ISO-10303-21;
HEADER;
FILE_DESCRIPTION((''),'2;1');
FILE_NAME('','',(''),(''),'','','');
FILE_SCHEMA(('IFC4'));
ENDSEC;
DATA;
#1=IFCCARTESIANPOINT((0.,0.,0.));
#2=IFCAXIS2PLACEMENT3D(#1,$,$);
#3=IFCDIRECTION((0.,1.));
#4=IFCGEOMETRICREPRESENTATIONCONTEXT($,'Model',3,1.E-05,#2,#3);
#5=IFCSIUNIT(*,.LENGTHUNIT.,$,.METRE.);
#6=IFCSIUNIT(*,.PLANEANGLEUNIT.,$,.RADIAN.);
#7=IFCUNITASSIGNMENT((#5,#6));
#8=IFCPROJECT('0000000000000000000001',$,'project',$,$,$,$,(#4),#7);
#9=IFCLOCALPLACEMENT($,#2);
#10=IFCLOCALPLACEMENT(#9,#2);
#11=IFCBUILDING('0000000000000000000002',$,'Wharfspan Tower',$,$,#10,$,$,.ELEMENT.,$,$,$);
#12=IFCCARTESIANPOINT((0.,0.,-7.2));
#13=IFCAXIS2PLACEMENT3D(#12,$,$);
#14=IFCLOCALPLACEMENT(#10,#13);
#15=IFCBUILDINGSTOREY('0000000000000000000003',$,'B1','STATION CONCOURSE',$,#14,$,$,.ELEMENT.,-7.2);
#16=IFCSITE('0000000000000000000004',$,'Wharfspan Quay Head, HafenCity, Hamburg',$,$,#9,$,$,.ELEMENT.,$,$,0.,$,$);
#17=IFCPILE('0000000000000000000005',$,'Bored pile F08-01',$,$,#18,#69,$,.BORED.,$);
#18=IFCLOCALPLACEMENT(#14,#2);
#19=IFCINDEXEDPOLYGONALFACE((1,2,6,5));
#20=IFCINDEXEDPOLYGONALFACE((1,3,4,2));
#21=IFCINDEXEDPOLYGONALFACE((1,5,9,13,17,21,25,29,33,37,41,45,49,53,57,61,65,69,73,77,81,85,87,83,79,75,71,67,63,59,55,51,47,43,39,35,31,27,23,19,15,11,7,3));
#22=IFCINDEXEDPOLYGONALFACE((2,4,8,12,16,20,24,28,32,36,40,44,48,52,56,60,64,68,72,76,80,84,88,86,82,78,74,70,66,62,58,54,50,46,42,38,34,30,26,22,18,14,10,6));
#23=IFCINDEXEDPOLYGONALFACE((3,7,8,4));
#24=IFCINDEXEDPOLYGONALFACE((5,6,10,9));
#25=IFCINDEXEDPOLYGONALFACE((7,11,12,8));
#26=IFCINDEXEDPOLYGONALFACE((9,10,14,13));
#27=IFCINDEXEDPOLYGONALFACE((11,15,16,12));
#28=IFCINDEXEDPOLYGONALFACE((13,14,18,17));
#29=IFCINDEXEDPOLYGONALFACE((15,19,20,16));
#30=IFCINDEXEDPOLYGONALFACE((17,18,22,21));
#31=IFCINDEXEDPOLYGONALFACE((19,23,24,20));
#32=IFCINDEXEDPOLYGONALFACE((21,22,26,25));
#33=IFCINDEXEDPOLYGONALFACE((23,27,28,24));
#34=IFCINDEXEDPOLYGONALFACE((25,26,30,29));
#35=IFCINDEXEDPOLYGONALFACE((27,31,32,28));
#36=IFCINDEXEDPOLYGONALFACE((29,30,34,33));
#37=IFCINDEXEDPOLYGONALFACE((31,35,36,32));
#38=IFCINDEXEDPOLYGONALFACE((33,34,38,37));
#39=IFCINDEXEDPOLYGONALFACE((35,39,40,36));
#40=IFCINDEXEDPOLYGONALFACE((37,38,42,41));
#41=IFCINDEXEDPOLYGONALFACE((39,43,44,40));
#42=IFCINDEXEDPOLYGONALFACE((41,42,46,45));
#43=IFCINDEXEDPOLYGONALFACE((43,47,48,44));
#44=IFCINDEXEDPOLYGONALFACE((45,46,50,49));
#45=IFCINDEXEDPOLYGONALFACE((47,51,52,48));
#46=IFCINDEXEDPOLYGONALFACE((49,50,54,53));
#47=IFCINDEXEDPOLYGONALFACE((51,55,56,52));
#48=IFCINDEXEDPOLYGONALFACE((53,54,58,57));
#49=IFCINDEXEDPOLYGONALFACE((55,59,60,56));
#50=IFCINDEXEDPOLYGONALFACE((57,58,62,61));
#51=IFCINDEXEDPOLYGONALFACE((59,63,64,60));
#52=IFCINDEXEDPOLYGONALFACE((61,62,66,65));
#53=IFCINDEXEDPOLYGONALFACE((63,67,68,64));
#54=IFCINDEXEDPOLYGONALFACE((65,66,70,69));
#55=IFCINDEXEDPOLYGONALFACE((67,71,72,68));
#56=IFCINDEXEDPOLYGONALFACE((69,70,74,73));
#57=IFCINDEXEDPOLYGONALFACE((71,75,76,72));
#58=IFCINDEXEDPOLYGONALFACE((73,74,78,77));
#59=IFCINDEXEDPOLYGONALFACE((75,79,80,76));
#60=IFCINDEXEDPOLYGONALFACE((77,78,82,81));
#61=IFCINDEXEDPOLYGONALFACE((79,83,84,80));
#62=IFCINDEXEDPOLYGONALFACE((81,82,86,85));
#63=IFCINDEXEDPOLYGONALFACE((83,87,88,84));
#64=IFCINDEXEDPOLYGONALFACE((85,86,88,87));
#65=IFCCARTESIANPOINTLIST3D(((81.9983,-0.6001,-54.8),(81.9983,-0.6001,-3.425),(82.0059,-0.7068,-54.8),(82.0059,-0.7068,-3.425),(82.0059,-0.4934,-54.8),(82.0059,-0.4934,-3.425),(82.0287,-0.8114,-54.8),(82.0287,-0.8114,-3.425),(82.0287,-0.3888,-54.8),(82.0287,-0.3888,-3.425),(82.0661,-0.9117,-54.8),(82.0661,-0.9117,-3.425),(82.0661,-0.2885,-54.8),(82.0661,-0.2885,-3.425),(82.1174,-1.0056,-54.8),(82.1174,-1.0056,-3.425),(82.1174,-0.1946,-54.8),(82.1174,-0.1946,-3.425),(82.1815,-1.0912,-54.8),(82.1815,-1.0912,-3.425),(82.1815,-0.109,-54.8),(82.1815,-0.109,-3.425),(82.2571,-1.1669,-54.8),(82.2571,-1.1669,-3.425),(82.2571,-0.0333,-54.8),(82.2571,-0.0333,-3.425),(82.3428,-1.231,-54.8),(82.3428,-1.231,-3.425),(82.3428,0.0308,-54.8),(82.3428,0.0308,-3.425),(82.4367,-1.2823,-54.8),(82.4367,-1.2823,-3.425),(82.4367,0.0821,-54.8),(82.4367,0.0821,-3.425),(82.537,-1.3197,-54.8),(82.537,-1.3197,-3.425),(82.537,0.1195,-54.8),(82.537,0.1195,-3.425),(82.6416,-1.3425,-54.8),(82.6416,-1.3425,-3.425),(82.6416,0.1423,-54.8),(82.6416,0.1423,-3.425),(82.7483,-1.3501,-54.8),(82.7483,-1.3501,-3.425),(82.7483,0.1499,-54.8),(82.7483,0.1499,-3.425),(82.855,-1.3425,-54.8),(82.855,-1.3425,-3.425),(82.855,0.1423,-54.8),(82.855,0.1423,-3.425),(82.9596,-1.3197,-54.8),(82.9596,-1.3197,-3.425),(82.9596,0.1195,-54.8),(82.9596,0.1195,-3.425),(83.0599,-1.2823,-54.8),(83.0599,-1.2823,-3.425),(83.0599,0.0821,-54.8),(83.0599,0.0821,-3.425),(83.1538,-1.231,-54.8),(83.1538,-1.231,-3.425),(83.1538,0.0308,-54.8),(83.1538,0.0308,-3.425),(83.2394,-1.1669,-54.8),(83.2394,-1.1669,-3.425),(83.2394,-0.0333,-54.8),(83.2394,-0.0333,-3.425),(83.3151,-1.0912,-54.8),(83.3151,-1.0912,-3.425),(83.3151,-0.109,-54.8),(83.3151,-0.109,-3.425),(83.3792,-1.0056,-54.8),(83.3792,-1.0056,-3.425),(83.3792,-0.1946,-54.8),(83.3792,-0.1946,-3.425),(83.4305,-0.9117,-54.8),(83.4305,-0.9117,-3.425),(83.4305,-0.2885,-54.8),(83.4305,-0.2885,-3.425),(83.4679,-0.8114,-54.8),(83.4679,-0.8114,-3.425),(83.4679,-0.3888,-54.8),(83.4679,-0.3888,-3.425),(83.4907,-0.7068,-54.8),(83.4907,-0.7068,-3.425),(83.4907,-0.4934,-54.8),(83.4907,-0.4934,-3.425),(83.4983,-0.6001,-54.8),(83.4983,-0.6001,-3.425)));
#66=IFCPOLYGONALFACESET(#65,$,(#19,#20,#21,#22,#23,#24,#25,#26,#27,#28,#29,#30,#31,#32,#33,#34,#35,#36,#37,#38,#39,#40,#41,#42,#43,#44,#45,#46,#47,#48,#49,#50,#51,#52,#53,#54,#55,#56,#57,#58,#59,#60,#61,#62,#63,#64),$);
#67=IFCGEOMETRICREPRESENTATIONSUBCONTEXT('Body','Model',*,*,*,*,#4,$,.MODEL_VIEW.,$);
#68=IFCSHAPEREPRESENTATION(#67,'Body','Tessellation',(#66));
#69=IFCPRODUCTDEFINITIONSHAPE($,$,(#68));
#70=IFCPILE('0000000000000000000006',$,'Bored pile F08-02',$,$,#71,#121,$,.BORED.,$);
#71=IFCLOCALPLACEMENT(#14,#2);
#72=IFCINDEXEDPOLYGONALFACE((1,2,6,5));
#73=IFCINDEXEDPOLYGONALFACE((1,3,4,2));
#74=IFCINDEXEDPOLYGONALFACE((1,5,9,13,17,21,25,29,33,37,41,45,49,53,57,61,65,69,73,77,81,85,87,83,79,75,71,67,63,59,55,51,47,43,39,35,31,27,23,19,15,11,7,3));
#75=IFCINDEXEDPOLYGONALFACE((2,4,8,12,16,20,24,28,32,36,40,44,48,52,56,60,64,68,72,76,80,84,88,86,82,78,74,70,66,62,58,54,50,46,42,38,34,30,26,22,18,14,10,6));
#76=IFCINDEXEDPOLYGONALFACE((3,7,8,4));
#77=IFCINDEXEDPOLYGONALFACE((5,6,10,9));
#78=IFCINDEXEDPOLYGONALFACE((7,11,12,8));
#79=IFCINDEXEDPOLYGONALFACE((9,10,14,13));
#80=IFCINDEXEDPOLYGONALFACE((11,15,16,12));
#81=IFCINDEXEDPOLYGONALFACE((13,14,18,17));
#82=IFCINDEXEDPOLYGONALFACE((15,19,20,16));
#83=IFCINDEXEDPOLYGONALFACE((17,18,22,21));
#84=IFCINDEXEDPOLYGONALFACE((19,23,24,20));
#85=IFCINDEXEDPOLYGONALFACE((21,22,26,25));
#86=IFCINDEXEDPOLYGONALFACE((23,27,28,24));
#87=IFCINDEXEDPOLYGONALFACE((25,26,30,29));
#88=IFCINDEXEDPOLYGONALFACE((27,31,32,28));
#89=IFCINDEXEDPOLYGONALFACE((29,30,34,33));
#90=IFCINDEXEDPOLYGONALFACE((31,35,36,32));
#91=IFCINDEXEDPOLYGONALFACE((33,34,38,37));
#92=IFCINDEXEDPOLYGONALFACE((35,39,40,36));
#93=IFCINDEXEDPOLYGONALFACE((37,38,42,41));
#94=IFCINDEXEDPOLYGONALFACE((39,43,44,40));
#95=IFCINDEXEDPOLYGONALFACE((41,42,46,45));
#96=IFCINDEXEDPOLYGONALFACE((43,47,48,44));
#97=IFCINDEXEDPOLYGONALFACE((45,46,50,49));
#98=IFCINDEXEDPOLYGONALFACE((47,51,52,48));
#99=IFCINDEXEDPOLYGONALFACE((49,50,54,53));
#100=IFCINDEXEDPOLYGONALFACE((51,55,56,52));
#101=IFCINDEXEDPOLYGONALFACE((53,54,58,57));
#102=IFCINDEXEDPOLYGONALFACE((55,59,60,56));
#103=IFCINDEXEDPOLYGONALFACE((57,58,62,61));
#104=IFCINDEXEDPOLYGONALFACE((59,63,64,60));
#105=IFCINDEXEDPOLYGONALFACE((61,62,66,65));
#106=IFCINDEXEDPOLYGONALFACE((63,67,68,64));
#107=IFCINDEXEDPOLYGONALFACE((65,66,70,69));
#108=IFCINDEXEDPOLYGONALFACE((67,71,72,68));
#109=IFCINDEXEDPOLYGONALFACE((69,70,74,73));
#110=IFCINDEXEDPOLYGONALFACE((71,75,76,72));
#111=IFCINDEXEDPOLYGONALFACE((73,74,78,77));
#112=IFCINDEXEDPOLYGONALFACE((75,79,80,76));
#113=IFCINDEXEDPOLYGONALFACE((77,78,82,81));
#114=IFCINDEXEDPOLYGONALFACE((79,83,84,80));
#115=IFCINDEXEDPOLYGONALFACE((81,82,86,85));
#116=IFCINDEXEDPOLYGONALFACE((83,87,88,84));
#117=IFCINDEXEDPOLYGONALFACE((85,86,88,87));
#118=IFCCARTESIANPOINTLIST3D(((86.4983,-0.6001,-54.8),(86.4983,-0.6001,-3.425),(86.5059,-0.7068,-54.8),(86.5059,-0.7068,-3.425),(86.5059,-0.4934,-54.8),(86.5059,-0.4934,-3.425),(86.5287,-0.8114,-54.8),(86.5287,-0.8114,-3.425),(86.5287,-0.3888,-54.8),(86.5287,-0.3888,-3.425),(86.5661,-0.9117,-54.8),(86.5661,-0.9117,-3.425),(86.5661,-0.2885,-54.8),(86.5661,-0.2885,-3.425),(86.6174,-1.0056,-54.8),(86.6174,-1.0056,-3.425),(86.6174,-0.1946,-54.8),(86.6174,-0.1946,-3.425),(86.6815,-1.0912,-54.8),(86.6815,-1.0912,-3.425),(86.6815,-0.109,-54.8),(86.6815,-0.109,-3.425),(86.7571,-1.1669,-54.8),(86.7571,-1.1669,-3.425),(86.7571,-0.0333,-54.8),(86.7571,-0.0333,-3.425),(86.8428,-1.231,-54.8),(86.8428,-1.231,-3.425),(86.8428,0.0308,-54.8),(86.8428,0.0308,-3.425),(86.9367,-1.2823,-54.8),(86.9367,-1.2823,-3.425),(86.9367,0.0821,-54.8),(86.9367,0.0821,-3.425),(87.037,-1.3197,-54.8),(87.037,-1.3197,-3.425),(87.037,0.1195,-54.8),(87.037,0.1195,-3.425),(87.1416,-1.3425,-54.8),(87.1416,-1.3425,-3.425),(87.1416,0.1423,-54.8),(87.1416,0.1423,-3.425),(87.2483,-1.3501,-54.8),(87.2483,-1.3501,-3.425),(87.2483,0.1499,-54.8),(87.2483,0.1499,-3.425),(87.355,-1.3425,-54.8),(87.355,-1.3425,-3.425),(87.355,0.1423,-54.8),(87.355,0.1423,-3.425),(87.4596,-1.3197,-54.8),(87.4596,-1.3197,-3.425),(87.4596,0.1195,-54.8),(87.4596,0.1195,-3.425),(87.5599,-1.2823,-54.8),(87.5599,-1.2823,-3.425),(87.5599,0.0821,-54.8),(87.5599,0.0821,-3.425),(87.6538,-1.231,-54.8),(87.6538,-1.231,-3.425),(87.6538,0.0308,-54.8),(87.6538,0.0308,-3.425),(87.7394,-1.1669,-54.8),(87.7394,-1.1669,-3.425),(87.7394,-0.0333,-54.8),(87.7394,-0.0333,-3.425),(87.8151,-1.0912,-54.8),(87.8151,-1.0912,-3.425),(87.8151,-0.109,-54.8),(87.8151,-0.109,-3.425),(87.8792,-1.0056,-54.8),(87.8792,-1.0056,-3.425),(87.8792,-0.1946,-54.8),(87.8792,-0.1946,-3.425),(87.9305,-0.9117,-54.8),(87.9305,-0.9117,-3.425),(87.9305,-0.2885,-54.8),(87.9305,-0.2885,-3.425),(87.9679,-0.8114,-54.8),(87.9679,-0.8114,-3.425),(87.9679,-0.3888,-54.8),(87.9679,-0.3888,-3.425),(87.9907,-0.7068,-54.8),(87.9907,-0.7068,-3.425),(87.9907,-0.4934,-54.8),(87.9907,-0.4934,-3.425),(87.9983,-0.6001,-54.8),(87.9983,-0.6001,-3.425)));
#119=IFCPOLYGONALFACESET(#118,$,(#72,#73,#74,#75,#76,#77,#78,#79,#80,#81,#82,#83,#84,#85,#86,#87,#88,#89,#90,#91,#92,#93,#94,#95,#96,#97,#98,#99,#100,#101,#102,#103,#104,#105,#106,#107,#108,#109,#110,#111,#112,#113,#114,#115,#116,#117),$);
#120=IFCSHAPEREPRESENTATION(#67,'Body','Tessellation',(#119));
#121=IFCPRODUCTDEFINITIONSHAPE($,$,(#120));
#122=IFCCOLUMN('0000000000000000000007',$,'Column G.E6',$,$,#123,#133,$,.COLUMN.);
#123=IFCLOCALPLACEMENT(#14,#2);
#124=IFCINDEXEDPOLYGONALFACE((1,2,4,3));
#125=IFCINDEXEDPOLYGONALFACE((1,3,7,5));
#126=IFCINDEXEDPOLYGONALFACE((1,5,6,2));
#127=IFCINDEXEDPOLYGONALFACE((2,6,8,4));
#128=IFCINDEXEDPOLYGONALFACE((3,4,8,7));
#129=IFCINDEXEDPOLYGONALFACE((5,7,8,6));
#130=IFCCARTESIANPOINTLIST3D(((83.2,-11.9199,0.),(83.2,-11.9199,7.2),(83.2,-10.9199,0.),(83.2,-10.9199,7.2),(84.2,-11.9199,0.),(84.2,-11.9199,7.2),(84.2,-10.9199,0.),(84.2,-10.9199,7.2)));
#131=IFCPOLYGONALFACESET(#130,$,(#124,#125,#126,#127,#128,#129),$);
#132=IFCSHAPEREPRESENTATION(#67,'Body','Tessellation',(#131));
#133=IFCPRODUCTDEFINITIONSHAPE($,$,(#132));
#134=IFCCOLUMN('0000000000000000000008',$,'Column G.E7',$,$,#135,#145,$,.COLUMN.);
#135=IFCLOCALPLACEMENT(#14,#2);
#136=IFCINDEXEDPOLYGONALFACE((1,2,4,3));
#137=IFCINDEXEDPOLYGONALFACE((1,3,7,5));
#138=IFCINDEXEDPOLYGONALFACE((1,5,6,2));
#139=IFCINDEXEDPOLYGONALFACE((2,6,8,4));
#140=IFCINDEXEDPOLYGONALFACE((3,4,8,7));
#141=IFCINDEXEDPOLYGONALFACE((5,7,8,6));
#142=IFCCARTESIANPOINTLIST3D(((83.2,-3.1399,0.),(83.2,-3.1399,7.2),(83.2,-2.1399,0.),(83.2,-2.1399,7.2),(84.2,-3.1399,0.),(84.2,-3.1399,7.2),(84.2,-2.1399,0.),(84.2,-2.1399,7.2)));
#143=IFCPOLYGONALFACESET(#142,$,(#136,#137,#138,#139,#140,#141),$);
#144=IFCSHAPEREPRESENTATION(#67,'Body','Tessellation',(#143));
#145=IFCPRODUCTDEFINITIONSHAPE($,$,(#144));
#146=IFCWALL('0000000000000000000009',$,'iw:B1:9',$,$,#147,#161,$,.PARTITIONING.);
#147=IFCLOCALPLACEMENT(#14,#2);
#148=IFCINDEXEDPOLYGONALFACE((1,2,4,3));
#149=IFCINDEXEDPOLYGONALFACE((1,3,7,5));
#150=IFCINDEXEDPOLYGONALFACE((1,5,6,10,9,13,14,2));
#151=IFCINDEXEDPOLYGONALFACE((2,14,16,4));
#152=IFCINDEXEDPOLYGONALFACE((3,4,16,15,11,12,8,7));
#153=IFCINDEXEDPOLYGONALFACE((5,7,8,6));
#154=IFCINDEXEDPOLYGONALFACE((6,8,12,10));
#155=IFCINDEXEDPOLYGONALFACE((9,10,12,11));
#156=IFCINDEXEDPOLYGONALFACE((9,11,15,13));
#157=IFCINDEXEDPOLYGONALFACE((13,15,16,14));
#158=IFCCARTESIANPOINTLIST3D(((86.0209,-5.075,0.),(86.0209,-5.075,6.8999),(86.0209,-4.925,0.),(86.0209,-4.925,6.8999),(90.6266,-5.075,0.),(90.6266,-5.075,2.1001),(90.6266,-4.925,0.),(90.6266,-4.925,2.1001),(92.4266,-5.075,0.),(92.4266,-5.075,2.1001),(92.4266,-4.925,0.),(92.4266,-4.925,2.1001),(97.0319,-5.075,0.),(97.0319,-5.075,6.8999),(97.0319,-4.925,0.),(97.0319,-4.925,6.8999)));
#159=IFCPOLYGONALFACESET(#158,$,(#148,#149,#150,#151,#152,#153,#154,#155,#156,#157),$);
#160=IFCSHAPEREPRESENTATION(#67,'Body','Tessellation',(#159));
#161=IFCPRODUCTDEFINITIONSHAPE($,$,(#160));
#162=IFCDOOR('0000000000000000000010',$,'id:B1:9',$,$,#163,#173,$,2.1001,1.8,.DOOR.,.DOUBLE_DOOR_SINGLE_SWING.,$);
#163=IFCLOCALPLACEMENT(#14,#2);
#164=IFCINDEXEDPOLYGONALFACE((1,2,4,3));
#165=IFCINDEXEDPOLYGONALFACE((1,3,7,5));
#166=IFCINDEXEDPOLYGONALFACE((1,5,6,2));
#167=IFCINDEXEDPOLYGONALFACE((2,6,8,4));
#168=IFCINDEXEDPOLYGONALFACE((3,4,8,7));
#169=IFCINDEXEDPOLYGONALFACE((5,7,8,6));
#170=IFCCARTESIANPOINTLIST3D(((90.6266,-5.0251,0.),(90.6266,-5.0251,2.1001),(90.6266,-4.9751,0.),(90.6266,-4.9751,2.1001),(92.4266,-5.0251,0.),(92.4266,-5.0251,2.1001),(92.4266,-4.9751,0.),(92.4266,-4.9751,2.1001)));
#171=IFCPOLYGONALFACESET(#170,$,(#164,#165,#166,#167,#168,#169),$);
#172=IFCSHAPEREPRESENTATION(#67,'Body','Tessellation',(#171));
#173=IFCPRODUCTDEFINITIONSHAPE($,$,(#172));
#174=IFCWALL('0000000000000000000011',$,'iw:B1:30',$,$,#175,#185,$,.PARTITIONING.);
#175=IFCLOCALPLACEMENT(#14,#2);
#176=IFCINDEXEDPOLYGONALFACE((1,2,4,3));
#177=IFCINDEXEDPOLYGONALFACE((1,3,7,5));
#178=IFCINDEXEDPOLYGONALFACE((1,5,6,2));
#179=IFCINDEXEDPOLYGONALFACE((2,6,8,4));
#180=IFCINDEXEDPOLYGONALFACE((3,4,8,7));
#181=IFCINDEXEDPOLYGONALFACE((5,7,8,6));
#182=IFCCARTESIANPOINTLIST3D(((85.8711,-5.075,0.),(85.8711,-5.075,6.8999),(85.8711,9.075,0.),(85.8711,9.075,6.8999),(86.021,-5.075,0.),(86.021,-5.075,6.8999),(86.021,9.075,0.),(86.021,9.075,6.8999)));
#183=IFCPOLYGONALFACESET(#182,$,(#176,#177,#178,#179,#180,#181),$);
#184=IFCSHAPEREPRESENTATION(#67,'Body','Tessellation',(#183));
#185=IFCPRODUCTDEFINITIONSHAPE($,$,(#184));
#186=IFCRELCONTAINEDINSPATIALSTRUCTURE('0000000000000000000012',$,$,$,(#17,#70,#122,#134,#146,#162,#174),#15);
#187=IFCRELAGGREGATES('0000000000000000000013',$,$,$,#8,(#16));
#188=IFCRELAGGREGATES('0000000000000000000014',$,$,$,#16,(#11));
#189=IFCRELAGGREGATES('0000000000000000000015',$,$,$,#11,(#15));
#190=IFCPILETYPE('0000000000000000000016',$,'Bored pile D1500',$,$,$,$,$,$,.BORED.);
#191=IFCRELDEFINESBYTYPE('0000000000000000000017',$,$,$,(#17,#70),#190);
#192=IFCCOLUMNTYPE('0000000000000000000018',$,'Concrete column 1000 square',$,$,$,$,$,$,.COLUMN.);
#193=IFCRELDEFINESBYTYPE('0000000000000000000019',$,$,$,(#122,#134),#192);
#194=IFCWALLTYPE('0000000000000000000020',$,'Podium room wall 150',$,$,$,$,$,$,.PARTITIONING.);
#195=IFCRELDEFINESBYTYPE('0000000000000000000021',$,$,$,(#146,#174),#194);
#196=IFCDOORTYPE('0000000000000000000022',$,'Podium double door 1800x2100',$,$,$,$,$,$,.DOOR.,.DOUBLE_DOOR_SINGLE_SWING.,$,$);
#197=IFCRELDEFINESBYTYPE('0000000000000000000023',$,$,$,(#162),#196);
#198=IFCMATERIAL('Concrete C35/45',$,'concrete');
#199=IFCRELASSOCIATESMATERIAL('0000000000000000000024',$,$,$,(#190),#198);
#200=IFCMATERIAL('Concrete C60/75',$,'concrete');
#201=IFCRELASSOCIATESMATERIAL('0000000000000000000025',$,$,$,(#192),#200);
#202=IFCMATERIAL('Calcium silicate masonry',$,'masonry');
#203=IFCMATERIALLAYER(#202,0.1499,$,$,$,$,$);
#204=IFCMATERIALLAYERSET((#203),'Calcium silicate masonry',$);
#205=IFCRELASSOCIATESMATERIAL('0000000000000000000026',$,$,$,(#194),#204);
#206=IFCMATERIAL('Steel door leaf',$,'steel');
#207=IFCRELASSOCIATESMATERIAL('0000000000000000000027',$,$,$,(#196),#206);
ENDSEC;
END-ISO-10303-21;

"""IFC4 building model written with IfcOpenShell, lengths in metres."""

from ifc_helpers import new_model, si_unit, direction, frame, frame_2d, origin, origin_2d, place, context, subcontext, project, spatial, rectangle, circle, extrude, material, layer, layer_set, material_profile, profile_set, type_object, element, fill, save


model = new_model("IFC4")

# Units and contexts
model_context = context("Model", 3, precision=1e-05, world=origin(), true_north=direction((0.0, 1.0)))
body_context = subcontext(model_context, "Body", "Model", "MODEL_VIEW")
ifc_project = project(units=[si_unit("LENGTHUNIT", "METRE"), si_unit("PLANEANGLEUNIT", "RADIAN")], contexts=[model_context])

# Site, building, storey
site_placement = place(None, origin())
site = spatial("IfcSite", under=ifc_project, at=site_placement, Name="Wharfspan Quay Head, HafenCity, Hamburg", CompositionType="ELEMENT", RefElevation=0.0)
building_placement = place(site_placement, origin())
building = spatial("IfcBuilding", under=site, at=building_placement, Name="Wharfspan Tower", CompositionType="ELEMENT")
storey_placement = place(building_placement, frame((0.0, 0.0, -7.2)))
storey = spatial("IfcBuildingStorey", under=building, at=storey_placement, Name="B1", Description="STATION CONCOURSE", CompositionType="ELEMENT", Elevation=-7.2)

# Piles
ifc_material_1 = material(Name="Concrete C35/45", Category="concrete")
ifc_material_profile_1 = material_profile(ifc_material_1, circle(Radius=0.75, at=origin_2d()))
ifc_profile_set_1 = profile_set([ifc_material_profile_1], Name="Concrete C35/45")
pile_type = type_object("IfcPileType", Name="Bored pile D1500", PredefinedType="BORED", material=ifc_profile_set_1)
for number, where, z_axis, x_axis, name in (
    (1, (82.7483, -0.6001, -3.425), (0.0, 0.0, -1.0), (1.0, 0.0, 0.0), "Bored pile F08-01"),
    (2, (87.2483, -0.6001, -3.425), (0.0, 0.0, -1.0), (1.0, 0.0, 0.0), "Bored pile F08-02"),
):
    element("IfcPile", number, at=place(storey_placement, frame(where, z_axis=z_axis, x_axis=x_axis)), inside=storey, type_object=pile_type, Name=name, PredefinedType="BORED", context=body_context, shape_type="SweptSolid", body=[
        extrude(circle(Radius=0.75, at=origin_2d()), origin(), (0.0, 0.0, 1.0), 51.375),
    ])

# Columns
ifc_material_2 = material(Name="Concrete C60/75", Category="concrete")
ifc_material_profile_2 = material_profile(ifc_material_2, rectangle(XDim=1.0, YDim=1.0, at=origin_2d()))
ifc_profile_set_2 = profile_set([ifc_material_profile_2], Name="Concrete C60/75")
column_type = type_object("IfcColumnType", Name="Concrete column 1000 square", PredefinedType="COLUMN", material=ifc_profile_set_2)
for number, where, z_axis, x_axis, name in (
    (3, (83.7, -11.4199, 0.0), (0.0, 0.0, 1.0), (1.0, 0.0, 0.0), "Column G.E6"),
    (4, (83.7, -2.6399, 0.0), (0.0, 0.0, 1.0), (1.0, 0.0, 0.0), "Column G.E7"),
):
    element("IfcColumn", number, at=place(storey_placement, frame(where, z_axis=z_axis, x_axis=x_axis)), inside=storey, type_object=column_type, Name=name, PredefinedType="COLUMN", context=body_context, shape_type="SweptSolid", body=[
        extrude(rectangle(XDim=1.0, YDim=1.0, at=origin_2d()), origin(), (0.0, 0.0, 1.0), 7.2),
    ])

# Wall, opening, door
ifc_material_3 = material(Name="Calcium silicate masonry", Category="masonry")
ifc_layer_1 = layer(ifc_material_3, 0.1499)
ifc_layer_set_1 = layer_set([ifc_layer_1], Name="Calcium silicate masonry")
wall_type_1 = type_object("IfcWallType", Name="Podium room wall 150", PredefinedType="PARTITIONING", material=ifc_layer_set_1)
wall_1_placement = place(storey_placement, frame((86.021, -5.0, 0.0), z_axis=(0.0, 0.0, 1.0), x_axis=(1.0, 0.0, 0.0)))
wall_1 = element("IfcWall", 5, at=wall_1_placement, inside=storey, type_object=wall_type_1, Name="iw:B1:9", PredefinedType="PARTITIONING", context=body_context, shape_type="SweptSolid", body=[
    extrude(rectangle(XDim=11.011, YDim=0.1499, at=frame_2d((5.5054, 0.0))), origin(), (0.0, 0.0, 1.0), 6.8999),
])
opening_placement = place(wall_1_placement, frame((4.6057, 0.0, 0.0)))
opening = element("IfcOpeningElement", 6, at=opening_placement, cuts=wall_1, PredefinedType="OPENING", context=body_context, shape_type="SweptSolid", body=[
    extrude(rectangle(XDim=1.8, YDim=2.1001, at=frame_2d((0.8999, 1.05))), frame((0.0, 0.085, 0.0), z_axis=(0.0, -1.0, 0.0), x_axis=(1.0, 0.0, 0.0)), (0.0, 0.0, 1.0), 0.1699),
])
ifc_material_4 = material(Name="Steel door leaf", Category="steel")
door_type = type_object("IfcDoorType", Name="Podium double door 1800x2100", OperationType="DOUBLE_DOOR_SINGLE_SWING", PredefinedType="DOOR", material=ifc_material_4)
door_placement = place(opening_placement, origin())
door = element("IfcDoor", 7, at=door_placement, inside=storey, type_object=door_type, Name="id:B1:9", OperationType="DOUBLE_DOOR_SINGLE_SWING", OverallHeight=2.1001, OverallWidth=1.8, PredefinedType="DOOR", context=body_context, shape_type="SweptSolid", body=[
    extrude(rectangle(XDim=1.8, YDim=2.1001, at=frame_2d((0.8999, 1.05))), frame((0.0, 0.0249, 0.0), z_axis=(0.0, -1.0, 0.0), x_axis=(1.0, 0.0, 0.0)), (0.0, 0.0, 1.0), 0.05),
])
fill(opening, door)

# Wall
wall_2_placement = place(storey_placement, frame((85.946, -5.075, 0.0), z_axis=(0.0, 0.0, 1.0), x_axis=(0.0, 1.0, 0.0)))
element("IfcWall", 8, at=wall_2_placement, inside=storey, type_object=wall_type_1, Name="iw:B1:30", PredefinedType="PARTITIONING", context=body_context, shape_type="SweptSolid", body=[
    extrude(rectangle(XDim=14.1499, YDim=0.1499, at=frame_2d((7.075, 0.0))), origin(), (0.0, 0.0, 1.0), 6.8999),
])

save(model, "model.ifc")
